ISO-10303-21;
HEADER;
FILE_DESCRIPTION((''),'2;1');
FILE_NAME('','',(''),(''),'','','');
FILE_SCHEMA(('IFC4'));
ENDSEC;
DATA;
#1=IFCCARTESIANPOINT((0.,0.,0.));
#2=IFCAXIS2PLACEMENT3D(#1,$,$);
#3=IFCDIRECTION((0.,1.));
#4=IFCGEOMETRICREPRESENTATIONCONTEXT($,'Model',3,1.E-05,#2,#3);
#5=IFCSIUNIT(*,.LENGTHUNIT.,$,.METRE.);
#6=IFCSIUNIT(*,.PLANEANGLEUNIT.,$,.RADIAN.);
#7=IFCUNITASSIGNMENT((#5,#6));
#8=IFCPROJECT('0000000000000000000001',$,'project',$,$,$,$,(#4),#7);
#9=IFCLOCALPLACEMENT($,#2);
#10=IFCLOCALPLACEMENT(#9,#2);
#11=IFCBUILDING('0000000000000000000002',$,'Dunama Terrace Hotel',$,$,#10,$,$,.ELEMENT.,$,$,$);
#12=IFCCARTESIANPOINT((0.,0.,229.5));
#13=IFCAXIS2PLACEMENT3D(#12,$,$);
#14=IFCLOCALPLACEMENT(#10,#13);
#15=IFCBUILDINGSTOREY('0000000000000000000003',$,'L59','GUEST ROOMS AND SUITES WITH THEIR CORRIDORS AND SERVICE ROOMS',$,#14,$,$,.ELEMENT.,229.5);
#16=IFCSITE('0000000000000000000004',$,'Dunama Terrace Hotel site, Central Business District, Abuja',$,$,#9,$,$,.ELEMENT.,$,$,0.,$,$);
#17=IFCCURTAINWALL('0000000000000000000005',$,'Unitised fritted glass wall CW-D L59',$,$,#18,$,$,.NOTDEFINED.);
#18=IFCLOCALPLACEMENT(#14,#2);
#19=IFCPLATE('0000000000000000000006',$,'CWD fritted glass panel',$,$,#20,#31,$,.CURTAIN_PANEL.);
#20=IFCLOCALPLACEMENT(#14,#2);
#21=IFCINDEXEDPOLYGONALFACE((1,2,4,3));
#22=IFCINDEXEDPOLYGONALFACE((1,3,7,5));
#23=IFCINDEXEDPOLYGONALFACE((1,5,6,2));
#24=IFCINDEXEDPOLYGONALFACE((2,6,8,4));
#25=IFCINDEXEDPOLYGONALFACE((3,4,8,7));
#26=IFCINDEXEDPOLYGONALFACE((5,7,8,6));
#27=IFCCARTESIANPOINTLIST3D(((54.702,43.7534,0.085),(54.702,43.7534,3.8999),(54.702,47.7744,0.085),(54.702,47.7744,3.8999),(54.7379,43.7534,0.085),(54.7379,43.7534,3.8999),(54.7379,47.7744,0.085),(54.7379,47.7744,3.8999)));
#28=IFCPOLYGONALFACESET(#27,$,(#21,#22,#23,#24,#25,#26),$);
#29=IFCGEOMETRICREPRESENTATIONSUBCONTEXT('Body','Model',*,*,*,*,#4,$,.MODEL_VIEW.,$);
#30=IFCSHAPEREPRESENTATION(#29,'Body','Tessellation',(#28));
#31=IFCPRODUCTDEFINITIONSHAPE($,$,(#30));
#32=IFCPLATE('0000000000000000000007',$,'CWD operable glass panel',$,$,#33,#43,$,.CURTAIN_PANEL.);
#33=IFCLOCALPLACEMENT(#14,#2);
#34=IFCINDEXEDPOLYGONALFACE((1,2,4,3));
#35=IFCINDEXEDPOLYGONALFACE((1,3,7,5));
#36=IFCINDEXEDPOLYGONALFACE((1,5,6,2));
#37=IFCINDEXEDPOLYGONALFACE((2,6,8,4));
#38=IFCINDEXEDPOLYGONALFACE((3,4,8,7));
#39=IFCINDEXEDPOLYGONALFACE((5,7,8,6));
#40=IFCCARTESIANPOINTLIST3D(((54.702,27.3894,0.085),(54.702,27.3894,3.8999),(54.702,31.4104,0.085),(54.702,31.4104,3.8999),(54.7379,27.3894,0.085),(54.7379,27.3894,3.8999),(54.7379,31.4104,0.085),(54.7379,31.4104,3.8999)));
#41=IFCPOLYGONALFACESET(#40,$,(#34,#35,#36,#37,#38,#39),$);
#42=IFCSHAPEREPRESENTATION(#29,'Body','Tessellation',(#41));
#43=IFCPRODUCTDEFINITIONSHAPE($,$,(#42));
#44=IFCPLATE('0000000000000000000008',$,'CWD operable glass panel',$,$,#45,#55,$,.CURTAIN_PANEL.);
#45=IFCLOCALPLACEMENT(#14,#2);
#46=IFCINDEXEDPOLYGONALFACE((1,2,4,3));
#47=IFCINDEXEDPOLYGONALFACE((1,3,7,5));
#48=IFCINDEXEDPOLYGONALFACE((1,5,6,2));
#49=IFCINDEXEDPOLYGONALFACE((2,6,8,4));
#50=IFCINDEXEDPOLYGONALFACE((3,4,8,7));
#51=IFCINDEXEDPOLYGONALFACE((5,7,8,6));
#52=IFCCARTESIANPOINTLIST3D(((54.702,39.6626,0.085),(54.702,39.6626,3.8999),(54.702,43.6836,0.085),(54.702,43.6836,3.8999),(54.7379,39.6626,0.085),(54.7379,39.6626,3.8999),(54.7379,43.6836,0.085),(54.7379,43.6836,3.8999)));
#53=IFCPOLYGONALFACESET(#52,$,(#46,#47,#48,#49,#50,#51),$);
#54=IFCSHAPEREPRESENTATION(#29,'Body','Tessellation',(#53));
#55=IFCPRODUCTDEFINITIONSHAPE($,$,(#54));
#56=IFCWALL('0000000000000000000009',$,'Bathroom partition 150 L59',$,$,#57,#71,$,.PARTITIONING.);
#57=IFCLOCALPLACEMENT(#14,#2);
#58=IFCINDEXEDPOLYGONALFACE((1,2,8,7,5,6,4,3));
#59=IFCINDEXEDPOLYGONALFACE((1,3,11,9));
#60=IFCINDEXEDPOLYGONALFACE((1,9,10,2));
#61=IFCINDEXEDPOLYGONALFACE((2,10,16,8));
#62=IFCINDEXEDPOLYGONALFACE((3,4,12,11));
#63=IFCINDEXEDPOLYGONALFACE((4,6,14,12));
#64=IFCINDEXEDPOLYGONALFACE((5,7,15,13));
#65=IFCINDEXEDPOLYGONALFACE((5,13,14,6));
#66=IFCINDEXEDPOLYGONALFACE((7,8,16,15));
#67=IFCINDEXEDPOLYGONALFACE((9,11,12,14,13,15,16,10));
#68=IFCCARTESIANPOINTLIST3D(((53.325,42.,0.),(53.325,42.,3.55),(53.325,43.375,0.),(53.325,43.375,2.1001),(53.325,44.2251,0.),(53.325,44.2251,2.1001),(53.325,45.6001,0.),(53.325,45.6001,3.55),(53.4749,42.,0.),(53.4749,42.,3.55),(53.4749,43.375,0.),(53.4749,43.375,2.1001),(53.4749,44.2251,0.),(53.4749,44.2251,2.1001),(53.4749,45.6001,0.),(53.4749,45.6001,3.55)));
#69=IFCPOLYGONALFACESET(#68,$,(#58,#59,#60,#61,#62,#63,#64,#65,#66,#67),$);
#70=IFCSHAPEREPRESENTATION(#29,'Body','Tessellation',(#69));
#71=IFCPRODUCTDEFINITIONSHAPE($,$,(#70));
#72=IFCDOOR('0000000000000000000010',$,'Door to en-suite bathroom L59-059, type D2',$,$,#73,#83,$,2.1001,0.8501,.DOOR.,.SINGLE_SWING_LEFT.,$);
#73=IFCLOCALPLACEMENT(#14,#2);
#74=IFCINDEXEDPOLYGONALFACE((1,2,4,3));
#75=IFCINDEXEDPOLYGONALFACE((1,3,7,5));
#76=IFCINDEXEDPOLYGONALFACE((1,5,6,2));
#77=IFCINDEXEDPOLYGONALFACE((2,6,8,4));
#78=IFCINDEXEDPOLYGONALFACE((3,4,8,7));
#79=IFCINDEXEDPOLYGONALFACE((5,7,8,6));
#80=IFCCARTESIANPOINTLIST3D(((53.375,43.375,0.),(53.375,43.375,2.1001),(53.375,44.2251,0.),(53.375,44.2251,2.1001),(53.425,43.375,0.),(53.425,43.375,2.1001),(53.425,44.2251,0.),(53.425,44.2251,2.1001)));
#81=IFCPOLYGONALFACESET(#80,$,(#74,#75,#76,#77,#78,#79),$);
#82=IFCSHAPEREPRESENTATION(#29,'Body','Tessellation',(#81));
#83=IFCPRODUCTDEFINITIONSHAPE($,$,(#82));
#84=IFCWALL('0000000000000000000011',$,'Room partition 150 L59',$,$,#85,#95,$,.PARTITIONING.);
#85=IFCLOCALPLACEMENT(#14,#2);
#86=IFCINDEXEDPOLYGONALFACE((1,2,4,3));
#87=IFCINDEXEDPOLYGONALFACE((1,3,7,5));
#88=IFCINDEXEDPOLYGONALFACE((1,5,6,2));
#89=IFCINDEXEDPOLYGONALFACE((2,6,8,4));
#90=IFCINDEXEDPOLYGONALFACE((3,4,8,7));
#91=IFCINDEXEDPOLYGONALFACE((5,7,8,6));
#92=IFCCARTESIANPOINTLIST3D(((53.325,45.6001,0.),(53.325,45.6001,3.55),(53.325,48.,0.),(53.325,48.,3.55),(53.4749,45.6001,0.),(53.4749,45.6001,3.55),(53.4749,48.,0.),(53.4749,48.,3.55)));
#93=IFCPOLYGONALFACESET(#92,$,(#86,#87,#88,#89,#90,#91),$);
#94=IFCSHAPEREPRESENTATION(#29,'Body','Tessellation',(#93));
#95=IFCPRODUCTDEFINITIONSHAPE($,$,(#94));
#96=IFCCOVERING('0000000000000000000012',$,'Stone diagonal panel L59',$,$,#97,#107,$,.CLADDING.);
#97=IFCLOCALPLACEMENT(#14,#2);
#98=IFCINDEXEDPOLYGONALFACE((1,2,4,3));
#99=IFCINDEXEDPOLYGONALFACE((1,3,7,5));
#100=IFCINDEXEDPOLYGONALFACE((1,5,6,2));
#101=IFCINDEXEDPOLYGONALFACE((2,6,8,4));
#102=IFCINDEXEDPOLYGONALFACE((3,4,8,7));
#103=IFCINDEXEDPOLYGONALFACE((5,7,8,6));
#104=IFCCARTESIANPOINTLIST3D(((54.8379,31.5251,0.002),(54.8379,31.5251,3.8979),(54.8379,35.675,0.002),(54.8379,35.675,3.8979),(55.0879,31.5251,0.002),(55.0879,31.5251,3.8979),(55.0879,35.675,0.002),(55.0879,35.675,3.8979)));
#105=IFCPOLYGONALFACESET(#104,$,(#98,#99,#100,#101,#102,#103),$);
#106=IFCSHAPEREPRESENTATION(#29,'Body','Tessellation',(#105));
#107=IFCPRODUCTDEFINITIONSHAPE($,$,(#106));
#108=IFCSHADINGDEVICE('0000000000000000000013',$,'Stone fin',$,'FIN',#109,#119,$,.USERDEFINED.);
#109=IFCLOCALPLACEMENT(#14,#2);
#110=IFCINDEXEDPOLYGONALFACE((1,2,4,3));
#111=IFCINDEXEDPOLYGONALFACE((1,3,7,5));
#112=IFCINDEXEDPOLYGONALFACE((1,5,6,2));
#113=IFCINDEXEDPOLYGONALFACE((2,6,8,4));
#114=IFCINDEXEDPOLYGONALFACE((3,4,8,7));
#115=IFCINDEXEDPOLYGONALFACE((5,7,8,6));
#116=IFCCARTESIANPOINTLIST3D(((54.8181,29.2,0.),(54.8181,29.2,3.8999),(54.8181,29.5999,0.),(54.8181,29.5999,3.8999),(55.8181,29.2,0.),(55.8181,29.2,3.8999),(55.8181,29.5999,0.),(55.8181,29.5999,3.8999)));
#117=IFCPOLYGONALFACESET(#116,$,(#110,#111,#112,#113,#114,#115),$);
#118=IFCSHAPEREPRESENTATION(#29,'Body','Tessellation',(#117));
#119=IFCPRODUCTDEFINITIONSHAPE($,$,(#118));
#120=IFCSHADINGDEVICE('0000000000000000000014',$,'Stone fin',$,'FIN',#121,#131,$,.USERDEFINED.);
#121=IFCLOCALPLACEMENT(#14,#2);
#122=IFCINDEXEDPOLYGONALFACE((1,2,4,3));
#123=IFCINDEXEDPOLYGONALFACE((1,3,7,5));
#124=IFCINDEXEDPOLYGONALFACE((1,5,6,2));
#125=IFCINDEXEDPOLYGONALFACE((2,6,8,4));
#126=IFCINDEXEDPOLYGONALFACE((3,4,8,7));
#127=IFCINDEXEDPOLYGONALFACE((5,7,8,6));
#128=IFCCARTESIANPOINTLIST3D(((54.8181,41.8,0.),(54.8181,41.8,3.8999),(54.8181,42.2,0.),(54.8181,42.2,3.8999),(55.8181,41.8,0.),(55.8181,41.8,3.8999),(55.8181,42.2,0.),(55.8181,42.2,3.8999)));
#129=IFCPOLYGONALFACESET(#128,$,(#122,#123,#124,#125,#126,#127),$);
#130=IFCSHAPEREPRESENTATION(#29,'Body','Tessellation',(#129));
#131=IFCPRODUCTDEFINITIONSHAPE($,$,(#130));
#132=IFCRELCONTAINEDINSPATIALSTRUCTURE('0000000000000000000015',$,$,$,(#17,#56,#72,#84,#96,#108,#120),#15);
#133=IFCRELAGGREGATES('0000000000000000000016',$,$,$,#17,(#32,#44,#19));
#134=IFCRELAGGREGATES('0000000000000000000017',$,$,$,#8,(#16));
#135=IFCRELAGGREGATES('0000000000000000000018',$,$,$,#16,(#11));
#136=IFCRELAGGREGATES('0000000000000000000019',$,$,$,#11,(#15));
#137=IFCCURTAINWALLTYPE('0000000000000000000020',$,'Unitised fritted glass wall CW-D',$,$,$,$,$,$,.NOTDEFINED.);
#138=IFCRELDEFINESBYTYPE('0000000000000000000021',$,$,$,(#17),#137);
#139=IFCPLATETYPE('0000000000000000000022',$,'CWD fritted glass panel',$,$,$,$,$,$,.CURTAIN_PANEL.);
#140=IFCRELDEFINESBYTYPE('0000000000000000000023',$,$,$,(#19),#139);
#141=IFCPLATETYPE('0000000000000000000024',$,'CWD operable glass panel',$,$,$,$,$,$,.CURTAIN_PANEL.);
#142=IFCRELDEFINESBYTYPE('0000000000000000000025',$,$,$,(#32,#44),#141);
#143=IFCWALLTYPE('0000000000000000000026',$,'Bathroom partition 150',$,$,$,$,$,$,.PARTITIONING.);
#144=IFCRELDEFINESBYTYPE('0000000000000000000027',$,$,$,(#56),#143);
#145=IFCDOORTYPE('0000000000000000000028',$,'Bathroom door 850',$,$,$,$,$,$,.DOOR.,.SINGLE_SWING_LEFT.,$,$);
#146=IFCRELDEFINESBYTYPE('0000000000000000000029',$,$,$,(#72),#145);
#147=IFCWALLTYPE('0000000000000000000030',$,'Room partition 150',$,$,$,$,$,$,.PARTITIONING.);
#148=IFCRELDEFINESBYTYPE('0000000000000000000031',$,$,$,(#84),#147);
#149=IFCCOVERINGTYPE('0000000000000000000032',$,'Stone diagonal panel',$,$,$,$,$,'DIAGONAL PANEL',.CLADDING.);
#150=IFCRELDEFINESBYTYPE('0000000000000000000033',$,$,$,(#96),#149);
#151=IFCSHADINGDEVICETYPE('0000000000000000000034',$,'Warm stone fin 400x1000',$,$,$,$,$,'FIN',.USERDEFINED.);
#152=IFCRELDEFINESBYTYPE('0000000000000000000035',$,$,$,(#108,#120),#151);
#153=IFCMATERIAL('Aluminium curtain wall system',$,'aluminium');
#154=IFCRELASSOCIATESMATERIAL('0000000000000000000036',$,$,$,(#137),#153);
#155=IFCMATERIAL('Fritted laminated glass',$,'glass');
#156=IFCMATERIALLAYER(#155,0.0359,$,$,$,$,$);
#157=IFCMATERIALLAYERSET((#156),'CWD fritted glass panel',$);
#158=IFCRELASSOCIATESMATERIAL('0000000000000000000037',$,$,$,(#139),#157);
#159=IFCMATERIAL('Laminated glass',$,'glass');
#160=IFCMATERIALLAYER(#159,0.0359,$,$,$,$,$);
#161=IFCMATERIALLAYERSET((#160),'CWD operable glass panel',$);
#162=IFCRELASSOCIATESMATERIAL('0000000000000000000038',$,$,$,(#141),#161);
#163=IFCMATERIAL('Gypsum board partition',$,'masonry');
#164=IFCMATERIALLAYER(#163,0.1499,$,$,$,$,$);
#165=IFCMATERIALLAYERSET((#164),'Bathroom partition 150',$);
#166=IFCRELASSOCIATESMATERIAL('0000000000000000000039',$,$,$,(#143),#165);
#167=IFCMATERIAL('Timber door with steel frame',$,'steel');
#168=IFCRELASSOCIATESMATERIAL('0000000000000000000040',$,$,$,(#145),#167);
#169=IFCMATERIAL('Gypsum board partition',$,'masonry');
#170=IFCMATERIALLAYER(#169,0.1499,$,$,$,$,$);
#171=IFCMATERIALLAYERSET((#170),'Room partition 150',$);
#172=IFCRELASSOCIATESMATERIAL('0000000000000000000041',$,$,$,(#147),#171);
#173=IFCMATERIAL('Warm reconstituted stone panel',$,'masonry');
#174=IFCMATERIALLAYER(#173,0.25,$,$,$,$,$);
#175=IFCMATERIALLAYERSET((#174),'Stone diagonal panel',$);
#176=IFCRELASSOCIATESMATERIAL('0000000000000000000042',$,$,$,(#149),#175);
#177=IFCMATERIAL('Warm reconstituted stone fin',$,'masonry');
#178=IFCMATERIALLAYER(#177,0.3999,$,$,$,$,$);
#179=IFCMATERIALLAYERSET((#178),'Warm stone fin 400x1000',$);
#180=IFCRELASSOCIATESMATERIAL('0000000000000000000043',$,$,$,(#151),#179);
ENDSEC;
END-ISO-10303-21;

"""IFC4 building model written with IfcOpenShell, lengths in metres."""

from ifc_helpers import new_model, si_unit, direction, frame, frame_2d, origin, origin_2d, place, context, subcontext, project, spatial, rectangle, extrude, material, layer, layer_set, type_object, element, fill, aggregate, save


model = new_model("IFC4")

# Units and contexts
model_context = context("Model", 3, precision=1e-05, world=origin(), true_north=direction((0.0, 1.0)))
body_context = subcontext(model_context, "Body", "Model", "MODEL_VIEW")
ifc_project = project(units=[si_unit("LENGTHUNIT", "METRE"), si_unit("PLANEANGLEUNIT", "RADIAN")], contexts=[model_context])

# Site, building, storey
site_placement = place(None, origin())
site = spatial("IfcSite", under=ifc_project, at=site_placement, Name="Dunama Terrace Hotel site, Central Business District, Abuja", CompositionType="ELEMENT", RefElevation=0.0)
building_placement = place(site_placement, origin())
building = spatial("IfcBuilding", under=site, at=building_placement, Name="Dunama Terrace Hotel", CompositionType="ELEMENT")
storey_placement = place(building_placement, frame((0.0, 0.0, 229.5)))
storey = spatial("IfcBuildingStorey", under=building, at=storey_placement, Name="L59", Description="GUEST ROOMS AND SUITES WITH THEIR CORRIDORS AND SERVICE ROOMS", CompositionType="ELEMENT", Elevation=229.5)

# Curtain wall
ifc_material_1 = material(Name="Aluminium curtain wall system", Category="aluminium")
curtain_wall_type = type_object("IfcCurtainWallType", Name="Unitised fritted glass wall CW-D", PredefinedType="NOTDEFINED", material=ifc_material_1)
curtain_wall_placement = place(storey_placement, origin())
curtain_wall = element("IfcCurtainWall", 1, at=curtain_wall_placement, inside=storey, type_object=curtain_wall_type, Name="Unitised fritted glass wall CW-D L59", PredefinedType="NOTDEFINED")

# Plates
ifc_material_2 = material(Name="Fritted laminated glass", Category="glass")
ifc_layer_1 = layer(ifc_material_2, 0.0359)
ifc_layer_set_1 = layer_set([ifc_layer_1], Name="CWD fritted glass panel")
plate_type_1 = type_object("IfcPlateType", Name="CWD fritted glass panel", PredefinedType="CURTAIN_PANEL", material=ifc_layer_set_1)
plate_1_placement = place(storey_placement, frame((54.72, 45.7639, 0.085), z_axis=(0.0, 0.0, 1.0), x_axis=(0.0, 1.0, 0.0)))
plate_1 = element("IfcPlate", 2, at=plate_1_placement, type_object=plate_type_1, Name="CWD fritted glass panel", PredefinedType="CURTAIN_PANEL", context=body_context, shape_type="SweptSolid", body=[
    extrude(rectangle(XDim=4.021, YDim=0.0359, at=origin_2d()), origin(), (0.0, 0.0, 1.0), 3.8149),
])
ifc_material_3 = material(Name="Laminated glass", Category="glass")
ifc_layer_2 = layer(ifc_material_3, 0.0359)
ifc_layer_set_2 = layer_set([ifc_layer_2], Name="CWD operable glass panel")
plate_type_2 = type_object("IfcPlateType", Name="CWD operable glass panel", PredefinedType="CURTAIN_PANEL", material=ifc_layer_set_2)
plate_2_placement = place(storey_placement, frame((54.72, 29.3999, 0.085), z_axis=(0.0, 0.0, 1.0), x_axis=(0.0, 1.0, 0.0)))
plate_2 = element("IfcPlate", 3, at=plate_2_placement, type_object=plate_type_2, Name="CWD operable glass panel", PredefinedType="CURTAIN_PANEL", context=body_context, shape_type="SweptSolid", body=[
    extrude(rectangle(XDim=4.021, YDim=0.0359, at=origin_2d()), origin(), (0.0, 0.0, 1.0), 3.8149),
])
plate_3_placement = place(storey_placement, frame((54.72, 41.6731, 0.085), z_axis=(0.0, 0.0, 1.0), x_axis=(0.0, 1.0, 0.0)))
plate_3 = element("IfcPlate", 4, at=plate_3_placement, type_object=plate_type_2, Name="CWD operable glass panel", PredefinedType="CURTAIN_PANEL", context=body_context, shape_type="SweptSolid", body=[
    extrude(rectangle(XDim=4.021, YDim=0.0359, at=origin_2d()), origin(), (0.0, 0.0, 1.0), 3.8149),
])
aggregate(curtain_wall, [plate_2, plate_3, plate_1])

# Wall, opening, door
ifc_material_4 = material(Name="Gypsum board partition", Category="masonry")
ifc_layer_3 = layer(ifc_material_4, 0.1499)
ifc_layer_set_3 = layer_set([ifc_layer_3], Name="Bathroom partition 150")
wall_type_1 = type_object("IfcWallType", Name="Bathroom partition 150", PredefinedType="PARTITIONING", material=ifc_layer_set_3)
wall_1_placement = place(storey_placement, frame((53.3999, 42.0, 0.0), z_axis=(0.0, 0.0, 1.0), x_axis=(0.0, 1.0, 0.0)))
wall_1 = element("IfcWall", 5, at=wall_1_placement, inside=storey, type_object=wall_type_1, Name="Bathroom partition 150 L59", PredefinedType="PARTITIONING", context=body_context, shape_type="SweptSolid", body=[
    extrude(rectangle(XDim=3.6001, YDim=0.1499, at=frame_2d((1.8, 0.0))), origin(), (0.0, 0.0, 1.0), 3.55),
])
opening_placement = place(wall_1_placement, frame((1.375, 0.0, 0.0)))
opening = element("IfcOpeningElement", 6, at=opening_placement, cuts=wall_1, PredefinedType="OPENING", context=body_context, shape_type="SweptSolid", body=[
    extrude(rectangle(XDim=0.8501, YDim=2.1001, at=frame_2d((0.425, 1.05))), frame((0.0, 0.085, 0.0), z_axis=(0.0, -1.0, 0.0), x_axis=(1.0, 0.0, 0.0)), (0.0, 0.0, 1.0), 0.1699),
])
ifc_material_5 = material(Name="Timber door with steel frame", Category="steel")
door_type = type_object("IfcDoorType", Name="Bathroom door 850", OperationType="SINGLE_SWING_LEFT", PredefinedType="DOOR", material=ifc_material_5)
door_placement = place(opening_placement, origin())
door = element("IfcDoor", 7, at=door_placement, inside=storey, type_object=door_type, Name="Door to en-suite bathroom L59-059, type D2", OperationType="SINGLE_SWING_LEFT", OverallHeight=2.1001, OverallWidth=0.8501, PredefinedType="DOOR", context=body_context, shape_type="SweptSolid", body=[
    extrude(rectangle(XDim=0.8501, YDim=2.1001, at=frame_2d((0.425, 1.05))), frame((0.0, 0.0249, 0.0), z_axis=(0.0, -1.0, 0.0), x_axis=(1.0, 0.0, 0.0)), (0.0, 0.0, 1.0), 0.05),
])
fill(opening, door)

# Wall
ifc_material_6 = material(Name="Gypsum board partition", Category="masonry")
ifc_layer_4 = layer(ifc_material_6, 0.1499)
ifc_layer_set_4 = layer_set([ifc_layer_4], Name="Room partition 150")
wall_type_2 = type_object("IfcWallType", Name="Room partition 150", PredefinedType="PARTITIONING", material=ifc_layer_set_4)
wall_2_placement = place(storey_placement, frame((53.3999, 45.6001, 0.0), z_axis=(0.0, 0.0, 1.0), x_axis=(0.0, 1.0, 0.0)))
element("IfcWall", 8, at=wall_2_placement, inside=storey, type_object=wall_type_2, Name="Room partition 150 L59", PredefinedType="PARTITIONING", context=body_context, shape_type="SweptSolid", body=[
    extrude(rectangle(XDim=2.3999, YDim=0.1499, at=frame_2d((1.2, 0.0))), origin(), (0.0, 0.0, 1.0), 3.55),
])

# Covering
ifc_material_7 = material(Name="Warm reconstituted stone panel", Category="masonry")
ifc_layer_5 = layer(ifc_material_7, 0.25)
ifc_layer_set_5 = layer_set([ifc_layer_5], Name="Stone diagonal panel")
covering_type = type_object("IfcCoveringType", Name="Stone diagonal panel", ElementType="DIAGONAL PANEL", PredefinedType="CLADDING", material=ifc_layer_set_5)
covering_placement = place(storey_placement, frame((54.9629, 33.6001, 0.002), z_axis=(0.0, 0.0, 1.0), x_axis=(0.0, 1.0, 0.0)))
element("IfcCovering", 9, at=covering_placement, inside=storey, type_object=covering_type, Name="Stone diagonal panel L59", PredefinedType="CLADDING", context=body_context, shape_type="SweptSolid", body=[
    extrude(rectangle(XDim=4.1499, YDim=0.25, at=origin_2d()), origin(), (0.0, 0.0, 1.0), 3.896),
])

# Shading devices
ifc_material_8 = material(Name="Warm reconstituted stone fin", Category="masonry")
ifc_layer_6 = layer(ifc_material_8, 0.3999)
ifc_layer_set_6 = layer_set([ifc_layer_6], Name="Warm stone fin 400x1000")
shading_device_type = type_object("IfcShadingDeviceType", Name="Warm stone fin 400x1000", ElementType="FIN", PredefinedType="USERDEFINED", material=ifc_layer_set_6)
for number, where, z_axis, x_axis, name in (
    (10, (55.3181, 29.3999, 0.0), (0.0, 0.0, 1.0), (0.0, 1.0, 0.0), "Stone fin"),
    (11, (55.3181, 42.0, 0.0), (0.0, 0.0, 1.0), (0.0, 1.0, 0.0), "Stone fin"),
):
    element("IfcShadingDevice", number, at=place(storey_placement, frame(where, z_axis=z_axis, x_axis=x_axis)), inside=storey, type_object=shading_device_type, Name=name, ObjectType="FIN", PredefinedType="USERDEFINED", context=body_context, shape_type="SweptSolid", body=[
        extrude(rectangle(XDim=0.3999, YDim=1.0, at=origin_2d()), origin(), (0.0, 0.0, 1.0), 3.8999),
    ])

save(model, "model.ifc")
